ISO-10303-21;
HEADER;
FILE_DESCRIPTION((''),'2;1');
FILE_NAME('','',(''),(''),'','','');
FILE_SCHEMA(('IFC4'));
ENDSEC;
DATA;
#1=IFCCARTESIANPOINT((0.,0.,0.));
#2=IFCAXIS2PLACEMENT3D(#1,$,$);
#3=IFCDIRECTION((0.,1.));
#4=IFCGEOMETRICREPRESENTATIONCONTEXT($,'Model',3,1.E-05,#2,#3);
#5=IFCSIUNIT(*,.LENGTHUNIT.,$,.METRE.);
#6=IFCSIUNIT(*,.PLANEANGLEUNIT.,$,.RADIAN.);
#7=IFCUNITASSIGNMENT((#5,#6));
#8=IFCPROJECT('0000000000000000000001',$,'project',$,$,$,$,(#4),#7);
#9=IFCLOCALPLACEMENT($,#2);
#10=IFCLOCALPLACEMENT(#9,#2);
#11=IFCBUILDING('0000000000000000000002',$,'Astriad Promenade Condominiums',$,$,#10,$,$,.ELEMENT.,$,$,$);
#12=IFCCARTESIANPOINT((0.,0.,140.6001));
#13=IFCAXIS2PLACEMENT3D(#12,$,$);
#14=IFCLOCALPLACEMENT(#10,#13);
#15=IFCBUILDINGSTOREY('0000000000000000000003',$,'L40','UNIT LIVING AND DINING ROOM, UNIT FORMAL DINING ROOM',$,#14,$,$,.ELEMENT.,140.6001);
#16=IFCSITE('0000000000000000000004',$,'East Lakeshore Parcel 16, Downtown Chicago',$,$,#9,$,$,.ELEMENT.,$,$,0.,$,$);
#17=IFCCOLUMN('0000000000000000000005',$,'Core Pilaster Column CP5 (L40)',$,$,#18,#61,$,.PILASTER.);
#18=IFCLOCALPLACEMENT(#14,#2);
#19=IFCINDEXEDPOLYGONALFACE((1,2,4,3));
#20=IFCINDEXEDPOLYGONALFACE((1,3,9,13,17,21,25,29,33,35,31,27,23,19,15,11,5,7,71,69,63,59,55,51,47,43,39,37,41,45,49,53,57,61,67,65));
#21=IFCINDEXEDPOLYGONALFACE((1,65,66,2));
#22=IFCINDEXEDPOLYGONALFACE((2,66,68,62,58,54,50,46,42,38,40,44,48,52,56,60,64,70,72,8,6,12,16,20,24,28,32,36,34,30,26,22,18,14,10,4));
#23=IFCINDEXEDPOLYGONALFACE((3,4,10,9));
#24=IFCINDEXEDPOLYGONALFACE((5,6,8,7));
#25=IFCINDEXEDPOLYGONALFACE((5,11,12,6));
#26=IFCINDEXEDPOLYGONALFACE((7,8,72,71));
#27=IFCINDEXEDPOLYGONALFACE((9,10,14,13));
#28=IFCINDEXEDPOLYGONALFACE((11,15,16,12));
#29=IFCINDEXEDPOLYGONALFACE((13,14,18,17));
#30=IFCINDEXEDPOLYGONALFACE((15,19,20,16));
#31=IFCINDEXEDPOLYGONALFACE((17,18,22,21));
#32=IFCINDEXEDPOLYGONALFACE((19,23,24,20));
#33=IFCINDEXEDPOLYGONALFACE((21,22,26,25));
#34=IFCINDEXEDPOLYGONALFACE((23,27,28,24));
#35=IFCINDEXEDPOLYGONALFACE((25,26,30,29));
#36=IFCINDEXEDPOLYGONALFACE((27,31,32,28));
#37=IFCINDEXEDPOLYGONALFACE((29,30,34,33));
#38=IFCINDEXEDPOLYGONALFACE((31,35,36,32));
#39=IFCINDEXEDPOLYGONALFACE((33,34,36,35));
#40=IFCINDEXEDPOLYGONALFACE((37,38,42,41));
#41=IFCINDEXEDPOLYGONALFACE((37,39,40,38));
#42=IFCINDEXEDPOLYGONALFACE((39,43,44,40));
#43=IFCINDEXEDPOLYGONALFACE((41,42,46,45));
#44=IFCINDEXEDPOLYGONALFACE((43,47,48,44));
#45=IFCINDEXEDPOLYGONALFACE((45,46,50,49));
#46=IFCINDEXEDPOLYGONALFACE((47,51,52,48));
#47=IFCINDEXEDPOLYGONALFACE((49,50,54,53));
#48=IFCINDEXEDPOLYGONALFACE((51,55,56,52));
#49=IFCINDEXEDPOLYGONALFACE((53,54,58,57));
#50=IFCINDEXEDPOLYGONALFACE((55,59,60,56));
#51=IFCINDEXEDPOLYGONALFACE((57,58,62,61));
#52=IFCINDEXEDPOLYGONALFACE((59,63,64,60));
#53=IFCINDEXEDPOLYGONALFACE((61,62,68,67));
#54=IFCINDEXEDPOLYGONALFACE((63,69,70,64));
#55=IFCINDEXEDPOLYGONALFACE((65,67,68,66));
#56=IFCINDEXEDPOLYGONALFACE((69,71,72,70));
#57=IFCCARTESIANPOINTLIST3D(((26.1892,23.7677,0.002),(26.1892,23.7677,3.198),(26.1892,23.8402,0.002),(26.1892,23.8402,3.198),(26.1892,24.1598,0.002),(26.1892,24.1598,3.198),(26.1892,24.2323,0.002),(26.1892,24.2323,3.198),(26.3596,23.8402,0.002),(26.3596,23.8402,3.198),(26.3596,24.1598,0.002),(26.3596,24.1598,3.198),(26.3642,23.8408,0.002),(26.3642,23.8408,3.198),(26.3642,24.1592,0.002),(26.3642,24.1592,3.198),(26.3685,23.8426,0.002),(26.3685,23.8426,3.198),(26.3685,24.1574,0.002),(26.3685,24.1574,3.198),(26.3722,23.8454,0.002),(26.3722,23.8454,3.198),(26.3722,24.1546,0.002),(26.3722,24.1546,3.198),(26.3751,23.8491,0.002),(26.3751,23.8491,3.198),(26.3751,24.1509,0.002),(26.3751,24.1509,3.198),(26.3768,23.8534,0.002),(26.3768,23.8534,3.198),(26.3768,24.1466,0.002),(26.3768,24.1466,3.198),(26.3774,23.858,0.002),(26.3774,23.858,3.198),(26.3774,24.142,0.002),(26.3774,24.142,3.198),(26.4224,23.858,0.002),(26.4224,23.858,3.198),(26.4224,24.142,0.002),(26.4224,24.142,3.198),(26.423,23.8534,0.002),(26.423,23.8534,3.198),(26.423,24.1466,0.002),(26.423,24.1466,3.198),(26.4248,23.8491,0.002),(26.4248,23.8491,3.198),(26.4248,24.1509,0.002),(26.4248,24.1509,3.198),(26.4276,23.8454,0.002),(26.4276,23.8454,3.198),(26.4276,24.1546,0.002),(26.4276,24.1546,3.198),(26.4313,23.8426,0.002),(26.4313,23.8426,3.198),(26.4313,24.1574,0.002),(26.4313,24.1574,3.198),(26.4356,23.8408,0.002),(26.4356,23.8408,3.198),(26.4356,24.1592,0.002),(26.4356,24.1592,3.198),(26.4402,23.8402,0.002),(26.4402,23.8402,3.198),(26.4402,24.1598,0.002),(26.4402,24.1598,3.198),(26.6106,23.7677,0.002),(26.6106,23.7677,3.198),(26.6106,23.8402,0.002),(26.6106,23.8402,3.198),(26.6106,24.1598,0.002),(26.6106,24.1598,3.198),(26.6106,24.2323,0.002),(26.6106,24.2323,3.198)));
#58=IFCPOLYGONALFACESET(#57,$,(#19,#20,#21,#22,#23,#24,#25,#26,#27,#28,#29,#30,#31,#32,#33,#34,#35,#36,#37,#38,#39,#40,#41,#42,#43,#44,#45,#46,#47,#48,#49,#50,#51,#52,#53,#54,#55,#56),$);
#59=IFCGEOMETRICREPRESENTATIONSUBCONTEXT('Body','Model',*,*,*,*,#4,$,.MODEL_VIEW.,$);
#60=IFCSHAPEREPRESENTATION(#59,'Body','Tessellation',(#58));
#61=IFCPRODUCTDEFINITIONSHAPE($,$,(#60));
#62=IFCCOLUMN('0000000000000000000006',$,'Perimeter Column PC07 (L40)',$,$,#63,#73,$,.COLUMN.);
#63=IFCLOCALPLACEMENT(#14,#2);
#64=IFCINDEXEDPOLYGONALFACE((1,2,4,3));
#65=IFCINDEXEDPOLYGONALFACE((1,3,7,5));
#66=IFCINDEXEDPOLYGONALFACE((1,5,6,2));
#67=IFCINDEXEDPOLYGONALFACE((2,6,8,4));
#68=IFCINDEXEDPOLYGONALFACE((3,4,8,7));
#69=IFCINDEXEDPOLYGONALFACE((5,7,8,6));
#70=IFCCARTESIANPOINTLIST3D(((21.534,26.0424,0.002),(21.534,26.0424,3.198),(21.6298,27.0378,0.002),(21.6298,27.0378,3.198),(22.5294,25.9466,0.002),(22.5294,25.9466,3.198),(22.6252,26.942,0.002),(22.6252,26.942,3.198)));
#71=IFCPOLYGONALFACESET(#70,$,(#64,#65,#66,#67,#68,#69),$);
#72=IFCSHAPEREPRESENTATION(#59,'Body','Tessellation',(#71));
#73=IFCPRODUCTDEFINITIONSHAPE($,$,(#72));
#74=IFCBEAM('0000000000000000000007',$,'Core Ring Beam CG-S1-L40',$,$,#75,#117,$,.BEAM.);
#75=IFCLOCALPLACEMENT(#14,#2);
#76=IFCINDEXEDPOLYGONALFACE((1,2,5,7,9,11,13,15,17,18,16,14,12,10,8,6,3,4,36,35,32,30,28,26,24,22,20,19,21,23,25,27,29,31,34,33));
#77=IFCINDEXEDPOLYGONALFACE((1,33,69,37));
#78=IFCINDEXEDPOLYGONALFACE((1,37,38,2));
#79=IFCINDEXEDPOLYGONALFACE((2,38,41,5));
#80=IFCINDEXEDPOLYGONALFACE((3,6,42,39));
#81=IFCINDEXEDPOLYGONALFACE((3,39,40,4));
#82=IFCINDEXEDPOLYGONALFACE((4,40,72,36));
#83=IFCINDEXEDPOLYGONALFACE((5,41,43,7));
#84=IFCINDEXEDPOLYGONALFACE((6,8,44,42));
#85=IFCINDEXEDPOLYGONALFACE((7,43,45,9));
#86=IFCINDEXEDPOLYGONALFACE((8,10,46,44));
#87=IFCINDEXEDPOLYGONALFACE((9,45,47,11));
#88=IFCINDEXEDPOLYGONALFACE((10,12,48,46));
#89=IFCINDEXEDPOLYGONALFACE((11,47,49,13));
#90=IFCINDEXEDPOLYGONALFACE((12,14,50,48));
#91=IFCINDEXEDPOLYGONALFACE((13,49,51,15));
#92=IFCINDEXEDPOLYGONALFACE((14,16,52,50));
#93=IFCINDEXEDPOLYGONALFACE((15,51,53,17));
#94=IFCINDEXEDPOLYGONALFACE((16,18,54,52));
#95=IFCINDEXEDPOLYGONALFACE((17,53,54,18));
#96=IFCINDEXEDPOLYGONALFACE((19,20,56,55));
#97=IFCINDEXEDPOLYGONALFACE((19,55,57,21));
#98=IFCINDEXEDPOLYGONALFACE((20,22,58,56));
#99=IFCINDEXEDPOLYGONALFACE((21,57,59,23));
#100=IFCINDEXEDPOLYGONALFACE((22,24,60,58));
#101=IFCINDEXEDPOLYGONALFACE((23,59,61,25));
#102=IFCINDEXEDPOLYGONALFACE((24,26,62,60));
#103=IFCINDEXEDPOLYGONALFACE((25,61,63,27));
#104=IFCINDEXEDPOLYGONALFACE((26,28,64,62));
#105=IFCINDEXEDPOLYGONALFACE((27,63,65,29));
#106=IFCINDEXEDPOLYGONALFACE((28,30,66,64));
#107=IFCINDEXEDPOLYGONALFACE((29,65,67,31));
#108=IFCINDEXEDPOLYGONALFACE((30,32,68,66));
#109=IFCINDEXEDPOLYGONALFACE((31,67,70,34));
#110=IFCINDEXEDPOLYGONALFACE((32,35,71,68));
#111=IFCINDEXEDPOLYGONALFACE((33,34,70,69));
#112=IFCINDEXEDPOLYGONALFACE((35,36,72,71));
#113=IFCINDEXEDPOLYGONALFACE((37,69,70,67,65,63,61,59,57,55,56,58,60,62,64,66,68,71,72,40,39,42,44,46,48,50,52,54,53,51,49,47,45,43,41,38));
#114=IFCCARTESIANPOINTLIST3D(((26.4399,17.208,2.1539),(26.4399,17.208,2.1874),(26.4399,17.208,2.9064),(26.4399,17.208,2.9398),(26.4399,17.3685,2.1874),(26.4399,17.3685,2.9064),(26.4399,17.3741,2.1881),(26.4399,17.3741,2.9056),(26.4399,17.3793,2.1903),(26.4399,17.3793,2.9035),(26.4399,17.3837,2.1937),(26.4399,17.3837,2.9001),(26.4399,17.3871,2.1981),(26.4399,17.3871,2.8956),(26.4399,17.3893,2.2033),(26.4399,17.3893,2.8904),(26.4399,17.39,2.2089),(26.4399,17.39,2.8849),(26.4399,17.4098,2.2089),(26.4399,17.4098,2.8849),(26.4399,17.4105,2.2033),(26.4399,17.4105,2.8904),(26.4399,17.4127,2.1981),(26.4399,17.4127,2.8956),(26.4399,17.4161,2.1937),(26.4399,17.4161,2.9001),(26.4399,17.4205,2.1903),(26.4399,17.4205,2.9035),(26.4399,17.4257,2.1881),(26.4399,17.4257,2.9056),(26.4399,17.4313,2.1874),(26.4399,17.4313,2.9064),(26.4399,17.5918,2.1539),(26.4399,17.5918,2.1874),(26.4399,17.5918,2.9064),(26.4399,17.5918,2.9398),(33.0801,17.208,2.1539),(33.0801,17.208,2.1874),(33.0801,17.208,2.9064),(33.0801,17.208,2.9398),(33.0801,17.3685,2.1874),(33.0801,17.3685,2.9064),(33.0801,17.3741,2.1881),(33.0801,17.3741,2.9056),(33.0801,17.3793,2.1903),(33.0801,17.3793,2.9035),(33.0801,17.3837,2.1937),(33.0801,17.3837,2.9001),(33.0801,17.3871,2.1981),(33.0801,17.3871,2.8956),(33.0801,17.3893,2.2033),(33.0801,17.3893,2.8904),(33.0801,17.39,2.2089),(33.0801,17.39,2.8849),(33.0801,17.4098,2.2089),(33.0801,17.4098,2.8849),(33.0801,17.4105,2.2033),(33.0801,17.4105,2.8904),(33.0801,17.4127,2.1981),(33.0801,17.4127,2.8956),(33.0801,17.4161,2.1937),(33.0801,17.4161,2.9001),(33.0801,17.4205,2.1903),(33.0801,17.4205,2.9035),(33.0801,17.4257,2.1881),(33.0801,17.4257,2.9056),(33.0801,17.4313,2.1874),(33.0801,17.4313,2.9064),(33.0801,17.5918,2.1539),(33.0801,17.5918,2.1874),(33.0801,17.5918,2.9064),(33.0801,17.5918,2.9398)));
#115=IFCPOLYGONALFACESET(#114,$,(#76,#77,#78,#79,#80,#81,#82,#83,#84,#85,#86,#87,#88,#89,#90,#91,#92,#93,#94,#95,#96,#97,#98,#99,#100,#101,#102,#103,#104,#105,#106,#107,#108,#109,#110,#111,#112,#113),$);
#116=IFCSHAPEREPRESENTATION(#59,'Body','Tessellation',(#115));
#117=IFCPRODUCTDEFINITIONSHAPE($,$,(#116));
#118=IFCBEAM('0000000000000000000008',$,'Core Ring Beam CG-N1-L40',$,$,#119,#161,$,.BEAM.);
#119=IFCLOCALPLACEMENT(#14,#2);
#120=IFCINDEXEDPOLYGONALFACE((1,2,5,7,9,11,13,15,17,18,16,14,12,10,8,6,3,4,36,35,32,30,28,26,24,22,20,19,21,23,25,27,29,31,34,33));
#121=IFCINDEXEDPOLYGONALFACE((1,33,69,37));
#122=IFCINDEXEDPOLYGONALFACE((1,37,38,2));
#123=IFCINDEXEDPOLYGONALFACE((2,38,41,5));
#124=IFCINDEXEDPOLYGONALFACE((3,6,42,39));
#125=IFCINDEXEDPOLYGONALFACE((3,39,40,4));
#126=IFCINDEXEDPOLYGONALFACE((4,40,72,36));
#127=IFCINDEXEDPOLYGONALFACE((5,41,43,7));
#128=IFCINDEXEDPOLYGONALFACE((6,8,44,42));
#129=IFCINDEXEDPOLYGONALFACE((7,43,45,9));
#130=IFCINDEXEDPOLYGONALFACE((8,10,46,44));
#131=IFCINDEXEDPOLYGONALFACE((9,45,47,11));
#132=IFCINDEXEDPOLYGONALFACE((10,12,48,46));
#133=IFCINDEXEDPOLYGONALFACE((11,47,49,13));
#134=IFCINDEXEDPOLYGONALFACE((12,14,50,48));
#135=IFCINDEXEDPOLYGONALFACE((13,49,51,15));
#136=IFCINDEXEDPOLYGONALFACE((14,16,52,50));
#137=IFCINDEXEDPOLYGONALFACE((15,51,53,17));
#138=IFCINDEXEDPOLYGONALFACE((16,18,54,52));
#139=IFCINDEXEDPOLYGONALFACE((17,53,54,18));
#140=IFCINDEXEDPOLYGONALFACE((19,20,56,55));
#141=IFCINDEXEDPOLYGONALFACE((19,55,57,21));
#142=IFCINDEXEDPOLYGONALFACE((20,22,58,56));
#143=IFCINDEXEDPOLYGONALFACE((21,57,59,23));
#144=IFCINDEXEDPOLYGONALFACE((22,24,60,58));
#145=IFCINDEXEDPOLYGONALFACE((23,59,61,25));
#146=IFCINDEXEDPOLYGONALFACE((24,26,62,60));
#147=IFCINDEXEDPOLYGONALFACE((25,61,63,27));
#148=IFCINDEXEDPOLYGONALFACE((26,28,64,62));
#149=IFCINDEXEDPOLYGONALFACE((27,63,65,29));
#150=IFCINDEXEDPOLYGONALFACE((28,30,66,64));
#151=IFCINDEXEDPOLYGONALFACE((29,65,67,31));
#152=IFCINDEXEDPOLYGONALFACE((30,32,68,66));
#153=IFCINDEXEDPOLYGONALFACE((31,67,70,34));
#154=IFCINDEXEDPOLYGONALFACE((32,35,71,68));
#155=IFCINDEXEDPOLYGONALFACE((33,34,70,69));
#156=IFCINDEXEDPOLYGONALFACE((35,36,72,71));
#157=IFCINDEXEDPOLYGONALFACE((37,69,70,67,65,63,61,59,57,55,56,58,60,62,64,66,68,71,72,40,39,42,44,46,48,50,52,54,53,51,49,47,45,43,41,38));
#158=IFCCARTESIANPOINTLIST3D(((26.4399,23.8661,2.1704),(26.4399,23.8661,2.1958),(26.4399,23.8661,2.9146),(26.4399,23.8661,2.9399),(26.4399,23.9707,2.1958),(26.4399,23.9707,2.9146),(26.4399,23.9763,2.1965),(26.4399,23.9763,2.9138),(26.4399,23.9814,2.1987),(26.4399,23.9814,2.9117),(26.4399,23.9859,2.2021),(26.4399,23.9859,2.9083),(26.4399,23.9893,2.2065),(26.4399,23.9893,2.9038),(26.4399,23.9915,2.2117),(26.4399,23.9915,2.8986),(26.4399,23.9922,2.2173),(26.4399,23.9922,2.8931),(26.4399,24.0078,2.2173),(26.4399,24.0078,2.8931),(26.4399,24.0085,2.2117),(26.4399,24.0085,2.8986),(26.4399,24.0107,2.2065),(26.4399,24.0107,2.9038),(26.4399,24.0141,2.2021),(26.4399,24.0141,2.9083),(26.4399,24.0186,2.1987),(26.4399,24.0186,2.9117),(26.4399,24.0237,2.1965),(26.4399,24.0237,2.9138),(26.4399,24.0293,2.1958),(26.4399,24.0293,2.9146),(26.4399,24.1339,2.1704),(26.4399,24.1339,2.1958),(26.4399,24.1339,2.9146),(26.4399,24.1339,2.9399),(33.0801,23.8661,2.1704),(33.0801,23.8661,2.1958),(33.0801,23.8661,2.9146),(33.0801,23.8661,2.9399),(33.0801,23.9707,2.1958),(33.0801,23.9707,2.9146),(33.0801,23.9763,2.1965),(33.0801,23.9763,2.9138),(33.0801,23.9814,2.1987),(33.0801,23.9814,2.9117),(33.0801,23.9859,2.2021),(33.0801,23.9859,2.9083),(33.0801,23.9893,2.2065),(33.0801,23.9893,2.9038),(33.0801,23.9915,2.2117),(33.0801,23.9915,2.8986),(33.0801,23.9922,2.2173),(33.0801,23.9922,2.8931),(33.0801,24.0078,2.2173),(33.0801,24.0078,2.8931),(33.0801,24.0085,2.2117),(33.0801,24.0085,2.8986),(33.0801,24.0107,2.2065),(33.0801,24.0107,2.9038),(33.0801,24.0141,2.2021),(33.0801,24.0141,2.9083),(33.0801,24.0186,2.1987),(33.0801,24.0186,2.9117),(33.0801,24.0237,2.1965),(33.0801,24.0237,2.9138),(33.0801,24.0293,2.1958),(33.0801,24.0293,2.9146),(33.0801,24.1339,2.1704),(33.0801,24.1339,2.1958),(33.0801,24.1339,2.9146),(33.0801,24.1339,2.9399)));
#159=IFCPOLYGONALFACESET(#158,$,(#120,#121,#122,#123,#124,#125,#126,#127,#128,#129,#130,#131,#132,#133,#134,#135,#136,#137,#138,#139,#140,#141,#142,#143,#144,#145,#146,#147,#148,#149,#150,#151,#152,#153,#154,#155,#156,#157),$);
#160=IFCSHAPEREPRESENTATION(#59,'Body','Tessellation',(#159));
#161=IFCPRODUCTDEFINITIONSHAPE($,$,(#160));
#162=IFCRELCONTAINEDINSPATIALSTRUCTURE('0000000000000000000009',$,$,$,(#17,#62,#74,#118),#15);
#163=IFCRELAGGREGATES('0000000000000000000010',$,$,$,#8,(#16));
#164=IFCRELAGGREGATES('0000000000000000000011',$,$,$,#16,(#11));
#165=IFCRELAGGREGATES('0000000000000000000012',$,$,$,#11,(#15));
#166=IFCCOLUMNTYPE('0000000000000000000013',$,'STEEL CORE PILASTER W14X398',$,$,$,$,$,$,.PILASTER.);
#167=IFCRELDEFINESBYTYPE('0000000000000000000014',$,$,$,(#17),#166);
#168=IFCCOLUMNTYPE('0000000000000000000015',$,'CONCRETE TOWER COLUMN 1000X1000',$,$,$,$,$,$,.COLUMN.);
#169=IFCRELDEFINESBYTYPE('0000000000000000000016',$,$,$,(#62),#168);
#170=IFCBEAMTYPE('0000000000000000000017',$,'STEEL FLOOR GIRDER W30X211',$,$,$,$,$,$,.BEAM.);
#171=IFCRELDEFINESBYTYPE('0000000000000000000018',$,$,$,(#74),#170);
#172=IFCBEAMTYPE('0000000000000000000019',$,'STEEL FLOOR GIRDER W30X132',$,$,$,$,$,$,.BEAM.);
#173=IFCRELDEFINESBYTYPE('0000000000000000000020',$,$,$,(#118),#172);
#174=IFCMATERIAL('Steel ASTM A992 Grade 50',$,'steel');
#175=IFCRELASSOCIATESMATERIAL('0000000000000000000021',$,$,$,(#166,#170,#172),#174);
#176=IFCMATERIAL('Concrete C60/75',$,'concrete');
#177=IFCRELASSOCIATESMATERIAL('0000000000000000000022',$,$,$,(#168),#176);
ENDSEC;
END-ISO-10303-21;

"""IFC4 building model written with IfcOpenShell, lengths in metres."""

from ifc_helpers import new_model, si_unit, direction, frame, origin, origin_2d, place, context, subcontext, project, spatial, rectangle, i_section, extrude, source, transform, mapped, material, material_profile, profile_set, type_object, type_shapes, element, save


model = new_model("IFC4")

# Units and contexts
model_context = context("Model", 3, precision=1e-05, world=origin(), true_north=direction((0.0, 1.0)))
body_context = subcontext(model_context, "Body", "Model", "MODEL_VIEW")
ifc_project = project(units=[si_unit("LENGTHUNIT", "METRE"), si_unit("PLANEANGLEUNIT", "RADIAN")], contexts=[model_context])

# Site, building, storey
site_placement = place(None, origin())
site = spatial("IfcSite", under=ifc_project, at=site_placement, Name="East Lakeshore Parcel 16, Downtown Chicago", CompositionType="ELEMENT", RefElevation=0.0)
building_placement = place(site_placement, origin())
building = spatial("IfcBuilding", under=site, at=building_placement, Name="Astriad Promenade Condominiums", CompositionType="ELEMENT")
storey_placement = place(building_placement, frame((0.0, 0.0, 140.6001)))
storey = spatial("IfcBuildingStorey", under=building, at=storey_placement, Name="L40", Description="UNIT LIVING AND DINING ROOM, UNIT FORMAL DINING ROOM", CompositionType="ELEMENT", Elevation=140.6001)

# Columns
ifc_material_1 = material(Name="Steel ASTM A992 Grade 50", Category="steel")
ifc_material_profile_1 = material_profile(ifc_material_1, i_section(OverallWidth=0.4214, OverallDepth=0.4646, WebThickness=0.0449, FlangeThickness=0.0725, FilletRadius=0.0178, at=origin_2d()), Name="W14X398")
ifc_profile_set_1 = profile_set([ifc_material_profile_1], Name="Steel ASTM A992 Grade 50")
column_type_1 = type_object("IfcColumnType", Name="STEEL CORE PILASTER W14X398", PredefinedType="PILASTER", material=ifc_profile_set_1)
shared_shape_1 = source(origin(), body_context, "Body", "SweptSolid", [
    extrude(i_section(OverallWidth=0.4214, OverallDepth=0.4646, WebThickness=0.0449, FlangeThickness=0.0725, FilletRadius=0.0178, at=origin_2d()), origin(), (0.0, 0.0, 1.0), 3.196),
])
type_shapes(column_type_1, [shared_shape_1])
column_1_placement = place(storey_placement, frame((26.3999, 24.0, 0.002), z_axis=(0.0, 0.0, 1.0), x_axis=(1.0, 0.0, 0.0)))
element("IfcColumn", 1, at=column_1_placement, inside=storey, type_object=column_type_1, Name="Core Pilaster Column CP5 (L40)", PredefinedType="PILASTER", context=body_context, shape_type="MappedRepresentation", body=[
    mapped(shared_shape_1, transform((0.0, 0.0, 0.0), scale=1.0)),
])
ifc_material_2 = material(Name="Concrete C60/75", Category="concrete")
ifc_material_profile_2 = material_profile(ifc_material_2, rectangle(XDim=1.0, YDim=1.0, at=origin_2d()), Name="RC-COL-1000X1000")
ifc_profile_set_2 = profile_set([ifc_material_profile_2], Name="Concrete C60/75")
column_type_2 = type_object("IfcColumnType", Name="CONCRETE TOWER COLUMN 1000X1000", PredefinedType="COLUMN", material=ifc_profile_set_2)
shared_shape_2 = source(origin(), body_context, "Body", "SweptSolid", [
    extrude(rectangle(XDim=1.0, YDim=1.0, at=origin_2d()), origin(), (0.0, 0.0, 1.0), 3.196),
])
type_shapes(column_type_2, [shared_shape_2])
column_2_placement = place(storey_placement, frame((22.0796, 26.4922, 0.002), z_axis=(0.0, 0.0, 1.0), x_axis=(0.995396, -0.095846, 0.0)))
element("IfcColumn", 2, at=column_2_placement, inside=storey, type_object=column_type_2, Name="Perimeter Column PC07 (L40)", PredefinedType="COLUMN", context=body_context, shape_type="MappedRepresentation", body=[
    mapped(shared_shape_2, transform((0.0, 0.0, 0.0), scale=1.0)),
])

# Beams
ifc_material_profile_3 = material_profile(ifc_material_1, i_section(OverallWidth=0.3838, OverallDepth=0.7859, WebThickness=0.0198, FlangeThickness=0.0334, FilletRadius=0.0215, at=origin_2d()), Name="W30X211")
ifc_profile_set_3 = profile_set([ifc_material_profile_3], Name="Steel ASTM A992 Grade 50")
beam_type_1 = type_object("IfcBeamType", Name="STEEL FLOOR GIRDER W30X211", PredefinedType="BEAM", material=ifc_profile_set_3)
shared_shape_3 = source(origin(), body_context, "Body", "SweptSolid", [
    extrude(i_section(OverallWidth=0.3838, OverallDepth=0.7859, WebThickness=0.0198, FlangeThickness=0.0334, FilletRadius=0.0215, at=origin_2d()), origin(), (0.0, 0.0, 1.0), 6.6401),
])
type_shapes(beam_type_1, [shared_shape_3])
beam_1_placement = place(storey_placement, frame((26.4399, 17.3999, 2.5469), z_axis=(1.0, 0.0, 0.0), x_axis=(0.0, 1.0, 0.0)))
element("IfcBeam", 3, at=beam_1_placement, inside=storey, type_object=beam_type_1, Name="Core Ring Beam CG-S1-L40", PredefinedType="BEAM", context=body_context, shape_type="MappedRepresentation", body=[
    mapped(shared_shape_3, transform((0.0, 0.0, 0.0), scale=1.0)),
])
ifc_material_profile_4 = material_profile(ifc_material_1, i_section(OverallWidth=0.2678, OverallDepth=0.7695, WebThickness=0.0156, FlangeThickness=0.0254, FilletRadius=0.0215, at=origin_2d()), Name="W30X132")
ifc_profile_set_4 = profile_set([ifc_material_profile_4], Name="Steel ASTM A992 Grade 50")
beam_type_2 = type_object("IfcBeamType", Name="STEEL FLOOR GIRDER W30X132", PredefinedType="BEAM", material=ifc_profile_set_4)
shared_shape_4 = source(origin(), body_context, "Body", "SweptSolid", [
    extrude(i_section(OverallWidth=0.2678, OverallDepth=0.7695, WebThickness=0.0156, FlangeThickness=0.0254, FilletRadius=0.0215, at=origin_2d()), origin(), (0.0, 0.0, 1.0), 6.6401),
])
type_shapes(beam_type_2, [shared_shape_4])
beam_2_placement = place(storey_placement, frame((26.4399, 24.0, 2.5552), z_axis=(1.0, 0.0, 0.0), x_axis=(0.0, 1.0, 0.0)))
element("IfcBeam", 4, at=beam_2_placement, inside=storey, type_object=beam_type_2, Name="Core Ring Beam CG-N1-L40", PredefinedType="BEAM", context=body_context, shape_type="MappedRepresentation", body=[
    mapped(shared_shape_4, transform((0.0, 0.0, 0.0), scale=1.0)),
])

save(model, "model.ifc")
